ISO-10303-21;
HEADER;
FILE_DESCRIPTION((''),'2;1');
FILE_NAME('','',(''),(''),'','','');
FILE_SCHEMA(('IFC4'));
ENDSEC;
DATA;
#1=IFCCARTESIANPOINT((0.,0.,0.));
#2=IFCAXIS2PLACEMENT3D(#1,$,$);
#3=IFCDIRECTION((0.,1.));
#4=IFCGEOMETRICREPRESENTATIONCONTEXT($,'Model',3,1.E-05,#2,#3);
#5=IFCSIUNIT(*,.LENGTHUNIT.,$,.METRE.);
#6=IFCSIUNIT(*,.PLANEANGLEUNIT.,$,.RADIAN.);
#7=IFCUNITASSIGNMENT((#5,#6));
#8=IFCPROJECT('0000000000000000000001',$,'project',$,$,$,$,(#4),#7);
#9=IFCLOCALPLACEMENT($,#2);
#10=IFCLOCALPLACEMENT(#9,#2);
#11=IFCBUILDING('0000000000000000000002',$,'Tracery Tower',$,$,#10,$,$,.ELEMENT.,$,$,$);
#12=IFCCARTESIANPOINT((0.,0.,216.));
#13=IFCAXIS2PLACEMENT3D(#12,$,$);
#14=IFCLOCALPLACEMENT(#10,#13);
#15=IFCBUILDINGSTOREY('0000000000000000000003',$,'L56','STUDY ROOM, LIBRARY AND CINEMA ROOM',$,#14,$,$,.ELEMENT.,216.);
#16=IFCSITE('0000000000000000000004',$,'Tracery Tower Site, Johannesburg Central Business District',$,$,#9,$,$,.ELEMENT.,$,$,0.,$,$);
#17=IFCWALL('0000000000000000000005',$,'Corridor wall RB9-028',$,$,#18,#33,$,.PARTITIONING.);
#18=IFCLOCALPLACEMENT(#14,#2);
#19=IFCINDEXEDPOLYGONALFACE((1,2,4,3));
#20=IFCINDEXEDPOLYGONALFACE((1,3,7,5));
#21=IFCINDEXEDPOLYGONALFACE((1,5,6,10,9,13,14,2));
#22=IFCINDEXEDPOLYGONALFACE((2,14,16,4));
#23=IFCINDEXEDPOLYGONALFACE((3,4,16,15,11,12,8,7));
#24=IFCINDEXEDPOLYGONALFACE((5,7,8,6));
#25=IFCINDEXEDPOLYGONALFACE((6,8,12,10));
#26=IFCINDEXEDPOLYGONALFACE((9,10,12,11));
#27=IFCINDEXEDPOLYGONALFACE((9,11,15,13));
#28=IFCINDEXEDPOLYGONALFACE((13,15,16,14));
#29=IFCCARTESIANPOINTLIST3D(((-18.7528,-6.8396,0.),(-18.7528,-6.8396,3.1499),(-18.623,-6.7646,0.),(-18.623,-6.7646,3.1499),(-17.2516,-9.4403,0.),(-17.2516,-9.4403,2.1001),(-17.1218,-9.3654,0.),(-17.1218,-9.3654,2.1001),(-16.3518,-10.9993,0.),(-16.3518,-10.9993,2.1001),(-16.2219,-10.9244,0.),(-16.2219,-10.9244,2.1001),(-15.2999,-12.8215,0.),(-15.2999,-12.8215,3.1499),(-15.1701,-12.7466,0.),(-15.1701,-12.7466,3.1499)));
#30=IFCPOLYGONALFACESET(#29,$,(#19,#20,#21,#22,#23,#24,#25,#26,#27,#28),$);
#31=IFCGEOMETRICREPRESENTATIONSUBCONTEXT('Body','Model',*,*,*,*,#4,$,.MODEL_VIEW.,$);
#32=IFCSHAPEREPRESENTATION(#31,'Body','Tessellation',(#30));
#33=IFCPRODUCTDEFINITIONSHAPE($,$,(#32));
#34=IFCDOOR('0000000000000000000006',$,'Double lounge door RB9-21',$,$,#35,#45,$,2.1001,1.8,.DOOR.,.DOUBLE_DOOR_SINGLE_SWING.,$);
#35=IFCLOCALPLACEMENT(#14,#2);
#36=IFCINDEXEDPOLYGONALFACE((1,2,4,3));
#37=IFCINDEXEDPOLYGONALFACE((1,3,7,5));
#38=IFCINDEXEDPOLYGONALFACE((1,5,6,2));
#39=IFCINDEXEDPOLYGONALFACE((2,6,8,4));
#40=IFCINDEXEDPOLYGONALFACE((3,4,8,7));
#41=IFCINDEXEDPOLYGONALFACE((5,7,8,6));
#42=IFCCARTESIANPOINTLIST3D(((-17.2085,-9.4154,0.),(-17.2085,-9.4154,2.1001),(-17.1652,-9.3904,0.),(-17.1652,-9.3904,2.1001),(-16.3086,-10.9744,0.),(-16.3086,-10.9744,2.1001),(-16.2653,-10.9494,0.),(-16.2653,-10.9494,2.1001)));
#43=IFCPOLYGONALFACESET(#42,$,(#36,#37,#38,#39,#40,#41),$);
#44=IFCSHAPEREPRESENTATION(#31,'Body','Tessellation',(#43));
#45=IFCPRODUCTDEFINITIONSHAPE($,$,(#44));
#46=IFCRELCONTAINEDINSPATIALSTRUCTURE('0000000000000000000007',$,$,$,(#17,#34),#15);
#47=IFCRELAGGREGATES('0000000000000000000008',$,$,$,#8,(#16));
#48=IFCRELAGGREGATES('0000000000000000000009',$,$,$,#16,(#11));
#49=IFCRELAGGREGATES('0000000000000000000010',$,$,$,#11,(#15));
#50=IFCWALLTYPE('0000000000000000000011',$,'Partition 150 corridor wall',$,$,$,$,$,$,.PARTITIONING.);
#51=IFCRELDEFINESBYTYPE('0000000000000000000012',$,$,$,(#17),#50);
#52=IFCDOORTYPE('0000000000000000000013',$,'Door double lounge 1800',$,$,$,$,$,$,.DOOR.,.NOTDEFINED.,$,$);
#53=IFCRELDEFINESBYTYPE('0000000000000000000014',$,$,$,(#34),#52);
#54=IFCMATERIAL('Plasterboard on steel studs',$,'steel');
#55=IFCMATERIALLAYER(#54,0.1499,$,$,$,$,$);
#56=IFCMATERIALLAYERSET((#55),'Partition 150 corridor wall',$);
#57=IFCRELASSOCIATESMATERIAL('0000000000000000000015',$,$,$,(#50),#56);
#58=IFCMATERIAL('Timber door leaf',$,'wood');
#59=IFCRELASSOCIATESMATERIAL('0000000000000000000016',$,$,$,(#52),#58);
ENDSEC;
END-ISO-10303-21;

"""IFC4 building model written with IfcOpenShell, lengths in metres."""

from ifc_helpers import new_model, si_unit, direction, frame, frame_2d, origin, place, context, subcontext, project, spatial, rectangle, extrude, material, layer, layer_set, type_object, element, fill, save


model = new_model("IFC4")

# Units and contexts
model_context = context("Model", 3, precision=1e-05, world=origin(), true_north=direction((0.0, 1.0)))
body_context = subcontext(model_context, "Body", "Model", "MODEL_VIEW")
ifc_project = project(units=[si_unit("LENGTHUNIT", "METRE"), si_unit("PLANEANGLEUNIT", "RADIAN")], contexts=[model_context])

# Site, building, storey
site_placement = place(None, origin())
site = spatial("IfcSite", under=ifc_project, at=site_placement, Name="Tracery Tower Site, Johannesburg Central Business District", CompositionType="ELEMENT", RefElevation=0.0)
building_placement = place(site_placement, origin())
building = spatial("IfcBuilding", under=site, at=building_placement, Name="Tracery Tower", CompositionType="ELEMENT")
storey_placement = place(building_placement, frame((0.0, 0.0, 216.0)))
storey = spatial("IfcBuildingStorey", under=building, at=storey_placement, Name="L56", Description="STUDY ROOM, LIBRARY AND CINEMA ROOM", CompositionType="ELEMENT", Elevation=216.0)

# Shared definitions
ifc_material_1 = material(Name="Plasterboard on steel studs", Category="steel")
ifc_layer_1 = layer(ifc_material_1, 0.1499)
ifc_layer_set_1 = layer_set([ifc_layer_1], Name="Partition 150 corridor wall")
wall_type_1 = type_object("IfcWallType", Name="Partition 150 corridor wall", PredefinedType="PARTITIONING", material=ifc_layer_set_1)

# Wall, opening, door
wall_1_placement = place(storey_placement, frame((-18.688, -6.802, 0.0), z_axis=(0.0, 0.0, 1.0), x_axis=(0.499914, -0.866075, 0.0)))
wall_1 = element("IfcWall", 1, at=wall_1_placement, inside=storey, type_object=wall_type_1, Name="Corridor wall RB9-028", PredefinedType="PARTITIONING", context=body_context, shape_type="SweptSolid", body=[
    extrude(rectangle(XDim=6.907, YDim=0.1499, at=frame_2d((3.4536, 0.0))), origin(), (0.0, 0.0, 1.0), 3.1499),
])
opening_1_placement = place(wall_1_placement, frame((3.0032, 0.0, 0.0)))
opening_1 = element("IfcOpeningElement", 2, at=opening_1_placement, cuts=wall_1, PredefinedType="OPENING", context=body_context, shape_type="SweptSolid", body=[
    extrude(rectangle(XDim=1.8, YDim=2.1001, at=frame_2d((0.8999, 1.05))), frame((0.0, 0.075, 0.0), z_axis=(0.0, -1.0, 0.0), x_axis=(1.0, 0.0, 0.0)), (0.0, 0.0, 1.0), 0.1499),
])
ifc_material_2 = material(Name="Timber door leaf", Category="wood")
door_type_1 = type_object("IfcDoorType", Name="Door double lounge 1800", OperationType="NOTDEFINED", PredefinedType="DOOR", material=ifc_material_2)
door_1_placement = place(opening_1_placement, origin())
door_1 = element("IfcDoor", 3, at=door_1_placement, inside=storey, type_object=door_type_1, Name="Double lounge door RB9-21", OperationType="DOUBLE_DOOR_SINGLE_SWING", OverallHeight=2.1001, OverallWidth=1.8, PredefinedType="DOOR", context=body_context, shape_type="SweptSolid", body=[
    extrude(rectangle(XDim=1.8, YDim=2.1001, at=frame_2d((0.8999, 1.05))), frame((0.0, 0.0249, 0.0), z_axis=(0.0, -1.0, 0.0), x_axis=(1.0, 0.0, 0.0)), (0.0, 0.0, 1.0), 0.05),
])
fill(opening_1, door_1)

save(model, "model.ifc")
